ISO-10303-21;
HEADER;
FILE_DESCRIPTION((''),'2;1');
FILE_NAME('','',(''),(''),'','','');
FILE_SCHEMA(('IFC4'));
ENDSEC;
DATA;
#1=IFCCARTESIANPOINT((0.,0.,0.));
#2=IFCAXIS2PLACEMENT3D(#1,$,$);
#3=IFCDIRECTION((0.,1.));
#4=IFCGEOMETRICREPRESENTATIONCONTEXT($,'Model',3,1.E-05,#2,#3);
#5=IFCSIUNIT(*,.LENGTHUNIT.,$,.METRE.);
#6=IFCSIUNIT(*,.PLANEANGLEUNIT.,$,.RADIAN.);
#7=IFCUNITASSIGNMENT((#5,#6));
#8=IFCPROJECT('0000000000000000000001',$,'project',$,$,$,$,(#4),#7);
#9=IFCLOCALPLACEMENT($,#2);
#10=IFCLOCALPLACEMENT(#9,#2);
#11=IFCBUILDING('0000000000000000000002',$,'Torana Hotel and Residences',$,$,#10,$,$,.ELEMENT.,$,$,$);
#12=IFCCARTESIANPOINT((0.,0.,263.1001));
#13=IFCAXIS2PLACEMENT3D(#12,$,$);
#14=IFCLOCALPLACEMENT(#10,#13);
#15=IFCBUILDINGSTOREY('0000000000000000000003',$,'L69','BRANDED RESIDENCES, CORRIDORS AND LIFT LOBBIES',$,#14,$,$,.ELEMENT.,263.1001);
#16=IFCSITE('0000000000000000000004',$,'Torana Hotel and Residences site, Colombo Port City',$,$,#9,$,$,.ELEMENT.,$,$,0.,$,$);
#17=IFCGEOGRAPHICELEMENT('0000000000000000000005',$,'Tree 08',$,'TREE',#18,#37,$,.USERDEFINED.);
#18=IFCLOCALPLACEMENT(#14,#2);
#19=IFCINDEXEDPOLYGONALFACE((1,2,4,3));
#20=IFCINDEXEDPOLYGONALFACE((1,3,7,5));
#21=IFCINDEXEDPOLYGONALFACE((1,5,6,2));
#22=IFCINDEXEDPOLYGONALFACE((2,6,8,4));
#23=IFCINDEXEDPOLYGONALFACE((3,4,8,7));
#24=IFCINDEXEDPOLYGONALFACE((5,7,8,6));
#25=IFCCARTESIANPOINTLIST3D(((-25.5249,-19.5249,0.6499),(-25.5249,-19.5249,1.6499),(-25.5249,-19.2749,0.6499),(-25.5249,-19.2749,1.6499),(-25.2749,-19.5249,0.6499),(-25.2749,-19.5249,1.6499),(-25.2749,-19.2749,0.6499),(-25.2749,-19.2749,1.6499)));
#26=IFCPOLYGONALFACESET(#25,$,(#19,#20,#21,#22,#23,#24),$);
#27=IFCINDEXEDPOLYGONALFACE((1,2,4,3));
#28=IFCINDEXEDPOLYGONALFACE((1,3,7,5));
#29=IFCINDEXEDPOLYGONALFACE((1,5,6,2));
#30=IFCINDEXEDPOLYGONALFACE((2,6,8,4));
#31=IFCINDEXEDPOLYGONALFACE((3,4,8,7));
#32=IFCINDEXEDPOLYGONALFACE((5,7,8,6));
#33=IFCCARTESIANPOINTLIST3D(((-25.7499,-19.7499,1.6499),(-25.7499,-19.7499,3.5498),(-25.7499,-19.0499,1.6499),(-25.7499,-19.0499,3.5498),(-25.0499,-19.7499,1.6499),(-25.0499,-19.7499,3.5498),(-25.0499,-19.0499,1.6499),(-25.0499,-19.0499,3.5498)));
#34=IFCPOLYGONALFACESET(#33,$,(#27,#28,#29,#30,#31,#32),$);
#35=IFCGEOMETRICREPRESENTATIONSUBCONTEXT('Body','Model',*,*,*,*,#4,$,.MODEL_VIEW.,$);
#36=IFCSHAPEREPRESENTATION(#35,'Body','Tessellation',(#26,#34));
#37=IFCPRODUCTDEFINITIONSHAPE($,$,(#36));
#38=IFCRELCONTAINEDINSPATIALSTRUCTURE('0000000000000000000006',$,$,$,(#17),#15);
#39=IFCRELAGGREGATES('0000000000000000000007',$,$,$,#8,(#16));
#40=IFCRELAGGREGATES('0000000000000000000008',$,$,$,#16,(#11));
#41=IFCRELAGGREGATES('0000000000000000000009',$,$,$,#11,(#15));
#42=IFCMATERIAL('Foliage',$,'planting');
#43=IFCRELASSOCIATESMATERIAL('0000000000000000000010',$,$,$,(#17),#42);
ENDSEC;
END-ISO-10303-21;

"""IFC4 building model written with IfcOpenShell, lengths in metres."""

from ifc_helpers import new_model, si_unit, direction, frame, origin, origin_2d, place, context, subcontext, project, spatial, rectangle, extrude, material, element, save


model = new_model("IFC4")

# Units and contexts
model_context = context("Model", 3, precision=1e-05, world=origin(), true_north=direction((0.0, 1.0)))
body_context = subcontext(model_context, "Body", "Model", "MODEL_VIEW")
ifc_project = project(units=[si_unit("LENGTHUNIT", "METRE"), si_unit("PLANEANGLEUNIT", "RADIAN")], contexts=[model_context])

# Site, building, storey
site_placement = place(None, origin())
site = spatial("IfcSite", under=ifc_project, at=site_placement, Name="Torana Hotel and Residences site, Colombo Port City", CompositionType="ELEMENT", RefElevation=0.0)
building_placement = place(site_placement, origin())
building = spatial("IfcBuilding", under=site, at=building_placement, Name="Torana Hotel and Residences", CompositionType="ELEMENT")
storey_placement = place(building_placement, frame((0.0, 0.0, 263.1001)))
storey = spatial("IfcBuildingStorey", under=building, at=storey_placement, Name="L69", Description="BRANDED RESIDENCES, CORRIDORS AND LIFT LOBBIES", CompositionType="ELEMENT", Elevation=263.1001)

# Geographic element
ifc_material_1 = material(Name="Foliage", Category="planting")
geographic_element_placement = place(storey_placement, frame((-25.3999, -19.3999, 0.6499), z_axis=(0.0, 0.0, 1.0), x_axis=(1.0, 0.0, 0.0)))
element("IfcGeographicElement", 1, at=geographic_element_placement, inside=storey, material=ifc_material_1, Name="Tree 08", ObjectType="TREE", PredefinedType="USERDEFINED", context=body_context, shape_type="SweptSolid", body=[
    extrude(rectangle(XDim=0.25, YDim=0.25, at=origin_2d()), origin(), (0.0, 0.0, 1.0), 1.0),
    extrude(rectangle(XDim=0.7, YDim=0.7, at=origin_2d()), frame((0.0, 0.0, 1.0)), (0.0, 0.0, 1.0), 1.8999),
])

save(model, "model.ifc")
